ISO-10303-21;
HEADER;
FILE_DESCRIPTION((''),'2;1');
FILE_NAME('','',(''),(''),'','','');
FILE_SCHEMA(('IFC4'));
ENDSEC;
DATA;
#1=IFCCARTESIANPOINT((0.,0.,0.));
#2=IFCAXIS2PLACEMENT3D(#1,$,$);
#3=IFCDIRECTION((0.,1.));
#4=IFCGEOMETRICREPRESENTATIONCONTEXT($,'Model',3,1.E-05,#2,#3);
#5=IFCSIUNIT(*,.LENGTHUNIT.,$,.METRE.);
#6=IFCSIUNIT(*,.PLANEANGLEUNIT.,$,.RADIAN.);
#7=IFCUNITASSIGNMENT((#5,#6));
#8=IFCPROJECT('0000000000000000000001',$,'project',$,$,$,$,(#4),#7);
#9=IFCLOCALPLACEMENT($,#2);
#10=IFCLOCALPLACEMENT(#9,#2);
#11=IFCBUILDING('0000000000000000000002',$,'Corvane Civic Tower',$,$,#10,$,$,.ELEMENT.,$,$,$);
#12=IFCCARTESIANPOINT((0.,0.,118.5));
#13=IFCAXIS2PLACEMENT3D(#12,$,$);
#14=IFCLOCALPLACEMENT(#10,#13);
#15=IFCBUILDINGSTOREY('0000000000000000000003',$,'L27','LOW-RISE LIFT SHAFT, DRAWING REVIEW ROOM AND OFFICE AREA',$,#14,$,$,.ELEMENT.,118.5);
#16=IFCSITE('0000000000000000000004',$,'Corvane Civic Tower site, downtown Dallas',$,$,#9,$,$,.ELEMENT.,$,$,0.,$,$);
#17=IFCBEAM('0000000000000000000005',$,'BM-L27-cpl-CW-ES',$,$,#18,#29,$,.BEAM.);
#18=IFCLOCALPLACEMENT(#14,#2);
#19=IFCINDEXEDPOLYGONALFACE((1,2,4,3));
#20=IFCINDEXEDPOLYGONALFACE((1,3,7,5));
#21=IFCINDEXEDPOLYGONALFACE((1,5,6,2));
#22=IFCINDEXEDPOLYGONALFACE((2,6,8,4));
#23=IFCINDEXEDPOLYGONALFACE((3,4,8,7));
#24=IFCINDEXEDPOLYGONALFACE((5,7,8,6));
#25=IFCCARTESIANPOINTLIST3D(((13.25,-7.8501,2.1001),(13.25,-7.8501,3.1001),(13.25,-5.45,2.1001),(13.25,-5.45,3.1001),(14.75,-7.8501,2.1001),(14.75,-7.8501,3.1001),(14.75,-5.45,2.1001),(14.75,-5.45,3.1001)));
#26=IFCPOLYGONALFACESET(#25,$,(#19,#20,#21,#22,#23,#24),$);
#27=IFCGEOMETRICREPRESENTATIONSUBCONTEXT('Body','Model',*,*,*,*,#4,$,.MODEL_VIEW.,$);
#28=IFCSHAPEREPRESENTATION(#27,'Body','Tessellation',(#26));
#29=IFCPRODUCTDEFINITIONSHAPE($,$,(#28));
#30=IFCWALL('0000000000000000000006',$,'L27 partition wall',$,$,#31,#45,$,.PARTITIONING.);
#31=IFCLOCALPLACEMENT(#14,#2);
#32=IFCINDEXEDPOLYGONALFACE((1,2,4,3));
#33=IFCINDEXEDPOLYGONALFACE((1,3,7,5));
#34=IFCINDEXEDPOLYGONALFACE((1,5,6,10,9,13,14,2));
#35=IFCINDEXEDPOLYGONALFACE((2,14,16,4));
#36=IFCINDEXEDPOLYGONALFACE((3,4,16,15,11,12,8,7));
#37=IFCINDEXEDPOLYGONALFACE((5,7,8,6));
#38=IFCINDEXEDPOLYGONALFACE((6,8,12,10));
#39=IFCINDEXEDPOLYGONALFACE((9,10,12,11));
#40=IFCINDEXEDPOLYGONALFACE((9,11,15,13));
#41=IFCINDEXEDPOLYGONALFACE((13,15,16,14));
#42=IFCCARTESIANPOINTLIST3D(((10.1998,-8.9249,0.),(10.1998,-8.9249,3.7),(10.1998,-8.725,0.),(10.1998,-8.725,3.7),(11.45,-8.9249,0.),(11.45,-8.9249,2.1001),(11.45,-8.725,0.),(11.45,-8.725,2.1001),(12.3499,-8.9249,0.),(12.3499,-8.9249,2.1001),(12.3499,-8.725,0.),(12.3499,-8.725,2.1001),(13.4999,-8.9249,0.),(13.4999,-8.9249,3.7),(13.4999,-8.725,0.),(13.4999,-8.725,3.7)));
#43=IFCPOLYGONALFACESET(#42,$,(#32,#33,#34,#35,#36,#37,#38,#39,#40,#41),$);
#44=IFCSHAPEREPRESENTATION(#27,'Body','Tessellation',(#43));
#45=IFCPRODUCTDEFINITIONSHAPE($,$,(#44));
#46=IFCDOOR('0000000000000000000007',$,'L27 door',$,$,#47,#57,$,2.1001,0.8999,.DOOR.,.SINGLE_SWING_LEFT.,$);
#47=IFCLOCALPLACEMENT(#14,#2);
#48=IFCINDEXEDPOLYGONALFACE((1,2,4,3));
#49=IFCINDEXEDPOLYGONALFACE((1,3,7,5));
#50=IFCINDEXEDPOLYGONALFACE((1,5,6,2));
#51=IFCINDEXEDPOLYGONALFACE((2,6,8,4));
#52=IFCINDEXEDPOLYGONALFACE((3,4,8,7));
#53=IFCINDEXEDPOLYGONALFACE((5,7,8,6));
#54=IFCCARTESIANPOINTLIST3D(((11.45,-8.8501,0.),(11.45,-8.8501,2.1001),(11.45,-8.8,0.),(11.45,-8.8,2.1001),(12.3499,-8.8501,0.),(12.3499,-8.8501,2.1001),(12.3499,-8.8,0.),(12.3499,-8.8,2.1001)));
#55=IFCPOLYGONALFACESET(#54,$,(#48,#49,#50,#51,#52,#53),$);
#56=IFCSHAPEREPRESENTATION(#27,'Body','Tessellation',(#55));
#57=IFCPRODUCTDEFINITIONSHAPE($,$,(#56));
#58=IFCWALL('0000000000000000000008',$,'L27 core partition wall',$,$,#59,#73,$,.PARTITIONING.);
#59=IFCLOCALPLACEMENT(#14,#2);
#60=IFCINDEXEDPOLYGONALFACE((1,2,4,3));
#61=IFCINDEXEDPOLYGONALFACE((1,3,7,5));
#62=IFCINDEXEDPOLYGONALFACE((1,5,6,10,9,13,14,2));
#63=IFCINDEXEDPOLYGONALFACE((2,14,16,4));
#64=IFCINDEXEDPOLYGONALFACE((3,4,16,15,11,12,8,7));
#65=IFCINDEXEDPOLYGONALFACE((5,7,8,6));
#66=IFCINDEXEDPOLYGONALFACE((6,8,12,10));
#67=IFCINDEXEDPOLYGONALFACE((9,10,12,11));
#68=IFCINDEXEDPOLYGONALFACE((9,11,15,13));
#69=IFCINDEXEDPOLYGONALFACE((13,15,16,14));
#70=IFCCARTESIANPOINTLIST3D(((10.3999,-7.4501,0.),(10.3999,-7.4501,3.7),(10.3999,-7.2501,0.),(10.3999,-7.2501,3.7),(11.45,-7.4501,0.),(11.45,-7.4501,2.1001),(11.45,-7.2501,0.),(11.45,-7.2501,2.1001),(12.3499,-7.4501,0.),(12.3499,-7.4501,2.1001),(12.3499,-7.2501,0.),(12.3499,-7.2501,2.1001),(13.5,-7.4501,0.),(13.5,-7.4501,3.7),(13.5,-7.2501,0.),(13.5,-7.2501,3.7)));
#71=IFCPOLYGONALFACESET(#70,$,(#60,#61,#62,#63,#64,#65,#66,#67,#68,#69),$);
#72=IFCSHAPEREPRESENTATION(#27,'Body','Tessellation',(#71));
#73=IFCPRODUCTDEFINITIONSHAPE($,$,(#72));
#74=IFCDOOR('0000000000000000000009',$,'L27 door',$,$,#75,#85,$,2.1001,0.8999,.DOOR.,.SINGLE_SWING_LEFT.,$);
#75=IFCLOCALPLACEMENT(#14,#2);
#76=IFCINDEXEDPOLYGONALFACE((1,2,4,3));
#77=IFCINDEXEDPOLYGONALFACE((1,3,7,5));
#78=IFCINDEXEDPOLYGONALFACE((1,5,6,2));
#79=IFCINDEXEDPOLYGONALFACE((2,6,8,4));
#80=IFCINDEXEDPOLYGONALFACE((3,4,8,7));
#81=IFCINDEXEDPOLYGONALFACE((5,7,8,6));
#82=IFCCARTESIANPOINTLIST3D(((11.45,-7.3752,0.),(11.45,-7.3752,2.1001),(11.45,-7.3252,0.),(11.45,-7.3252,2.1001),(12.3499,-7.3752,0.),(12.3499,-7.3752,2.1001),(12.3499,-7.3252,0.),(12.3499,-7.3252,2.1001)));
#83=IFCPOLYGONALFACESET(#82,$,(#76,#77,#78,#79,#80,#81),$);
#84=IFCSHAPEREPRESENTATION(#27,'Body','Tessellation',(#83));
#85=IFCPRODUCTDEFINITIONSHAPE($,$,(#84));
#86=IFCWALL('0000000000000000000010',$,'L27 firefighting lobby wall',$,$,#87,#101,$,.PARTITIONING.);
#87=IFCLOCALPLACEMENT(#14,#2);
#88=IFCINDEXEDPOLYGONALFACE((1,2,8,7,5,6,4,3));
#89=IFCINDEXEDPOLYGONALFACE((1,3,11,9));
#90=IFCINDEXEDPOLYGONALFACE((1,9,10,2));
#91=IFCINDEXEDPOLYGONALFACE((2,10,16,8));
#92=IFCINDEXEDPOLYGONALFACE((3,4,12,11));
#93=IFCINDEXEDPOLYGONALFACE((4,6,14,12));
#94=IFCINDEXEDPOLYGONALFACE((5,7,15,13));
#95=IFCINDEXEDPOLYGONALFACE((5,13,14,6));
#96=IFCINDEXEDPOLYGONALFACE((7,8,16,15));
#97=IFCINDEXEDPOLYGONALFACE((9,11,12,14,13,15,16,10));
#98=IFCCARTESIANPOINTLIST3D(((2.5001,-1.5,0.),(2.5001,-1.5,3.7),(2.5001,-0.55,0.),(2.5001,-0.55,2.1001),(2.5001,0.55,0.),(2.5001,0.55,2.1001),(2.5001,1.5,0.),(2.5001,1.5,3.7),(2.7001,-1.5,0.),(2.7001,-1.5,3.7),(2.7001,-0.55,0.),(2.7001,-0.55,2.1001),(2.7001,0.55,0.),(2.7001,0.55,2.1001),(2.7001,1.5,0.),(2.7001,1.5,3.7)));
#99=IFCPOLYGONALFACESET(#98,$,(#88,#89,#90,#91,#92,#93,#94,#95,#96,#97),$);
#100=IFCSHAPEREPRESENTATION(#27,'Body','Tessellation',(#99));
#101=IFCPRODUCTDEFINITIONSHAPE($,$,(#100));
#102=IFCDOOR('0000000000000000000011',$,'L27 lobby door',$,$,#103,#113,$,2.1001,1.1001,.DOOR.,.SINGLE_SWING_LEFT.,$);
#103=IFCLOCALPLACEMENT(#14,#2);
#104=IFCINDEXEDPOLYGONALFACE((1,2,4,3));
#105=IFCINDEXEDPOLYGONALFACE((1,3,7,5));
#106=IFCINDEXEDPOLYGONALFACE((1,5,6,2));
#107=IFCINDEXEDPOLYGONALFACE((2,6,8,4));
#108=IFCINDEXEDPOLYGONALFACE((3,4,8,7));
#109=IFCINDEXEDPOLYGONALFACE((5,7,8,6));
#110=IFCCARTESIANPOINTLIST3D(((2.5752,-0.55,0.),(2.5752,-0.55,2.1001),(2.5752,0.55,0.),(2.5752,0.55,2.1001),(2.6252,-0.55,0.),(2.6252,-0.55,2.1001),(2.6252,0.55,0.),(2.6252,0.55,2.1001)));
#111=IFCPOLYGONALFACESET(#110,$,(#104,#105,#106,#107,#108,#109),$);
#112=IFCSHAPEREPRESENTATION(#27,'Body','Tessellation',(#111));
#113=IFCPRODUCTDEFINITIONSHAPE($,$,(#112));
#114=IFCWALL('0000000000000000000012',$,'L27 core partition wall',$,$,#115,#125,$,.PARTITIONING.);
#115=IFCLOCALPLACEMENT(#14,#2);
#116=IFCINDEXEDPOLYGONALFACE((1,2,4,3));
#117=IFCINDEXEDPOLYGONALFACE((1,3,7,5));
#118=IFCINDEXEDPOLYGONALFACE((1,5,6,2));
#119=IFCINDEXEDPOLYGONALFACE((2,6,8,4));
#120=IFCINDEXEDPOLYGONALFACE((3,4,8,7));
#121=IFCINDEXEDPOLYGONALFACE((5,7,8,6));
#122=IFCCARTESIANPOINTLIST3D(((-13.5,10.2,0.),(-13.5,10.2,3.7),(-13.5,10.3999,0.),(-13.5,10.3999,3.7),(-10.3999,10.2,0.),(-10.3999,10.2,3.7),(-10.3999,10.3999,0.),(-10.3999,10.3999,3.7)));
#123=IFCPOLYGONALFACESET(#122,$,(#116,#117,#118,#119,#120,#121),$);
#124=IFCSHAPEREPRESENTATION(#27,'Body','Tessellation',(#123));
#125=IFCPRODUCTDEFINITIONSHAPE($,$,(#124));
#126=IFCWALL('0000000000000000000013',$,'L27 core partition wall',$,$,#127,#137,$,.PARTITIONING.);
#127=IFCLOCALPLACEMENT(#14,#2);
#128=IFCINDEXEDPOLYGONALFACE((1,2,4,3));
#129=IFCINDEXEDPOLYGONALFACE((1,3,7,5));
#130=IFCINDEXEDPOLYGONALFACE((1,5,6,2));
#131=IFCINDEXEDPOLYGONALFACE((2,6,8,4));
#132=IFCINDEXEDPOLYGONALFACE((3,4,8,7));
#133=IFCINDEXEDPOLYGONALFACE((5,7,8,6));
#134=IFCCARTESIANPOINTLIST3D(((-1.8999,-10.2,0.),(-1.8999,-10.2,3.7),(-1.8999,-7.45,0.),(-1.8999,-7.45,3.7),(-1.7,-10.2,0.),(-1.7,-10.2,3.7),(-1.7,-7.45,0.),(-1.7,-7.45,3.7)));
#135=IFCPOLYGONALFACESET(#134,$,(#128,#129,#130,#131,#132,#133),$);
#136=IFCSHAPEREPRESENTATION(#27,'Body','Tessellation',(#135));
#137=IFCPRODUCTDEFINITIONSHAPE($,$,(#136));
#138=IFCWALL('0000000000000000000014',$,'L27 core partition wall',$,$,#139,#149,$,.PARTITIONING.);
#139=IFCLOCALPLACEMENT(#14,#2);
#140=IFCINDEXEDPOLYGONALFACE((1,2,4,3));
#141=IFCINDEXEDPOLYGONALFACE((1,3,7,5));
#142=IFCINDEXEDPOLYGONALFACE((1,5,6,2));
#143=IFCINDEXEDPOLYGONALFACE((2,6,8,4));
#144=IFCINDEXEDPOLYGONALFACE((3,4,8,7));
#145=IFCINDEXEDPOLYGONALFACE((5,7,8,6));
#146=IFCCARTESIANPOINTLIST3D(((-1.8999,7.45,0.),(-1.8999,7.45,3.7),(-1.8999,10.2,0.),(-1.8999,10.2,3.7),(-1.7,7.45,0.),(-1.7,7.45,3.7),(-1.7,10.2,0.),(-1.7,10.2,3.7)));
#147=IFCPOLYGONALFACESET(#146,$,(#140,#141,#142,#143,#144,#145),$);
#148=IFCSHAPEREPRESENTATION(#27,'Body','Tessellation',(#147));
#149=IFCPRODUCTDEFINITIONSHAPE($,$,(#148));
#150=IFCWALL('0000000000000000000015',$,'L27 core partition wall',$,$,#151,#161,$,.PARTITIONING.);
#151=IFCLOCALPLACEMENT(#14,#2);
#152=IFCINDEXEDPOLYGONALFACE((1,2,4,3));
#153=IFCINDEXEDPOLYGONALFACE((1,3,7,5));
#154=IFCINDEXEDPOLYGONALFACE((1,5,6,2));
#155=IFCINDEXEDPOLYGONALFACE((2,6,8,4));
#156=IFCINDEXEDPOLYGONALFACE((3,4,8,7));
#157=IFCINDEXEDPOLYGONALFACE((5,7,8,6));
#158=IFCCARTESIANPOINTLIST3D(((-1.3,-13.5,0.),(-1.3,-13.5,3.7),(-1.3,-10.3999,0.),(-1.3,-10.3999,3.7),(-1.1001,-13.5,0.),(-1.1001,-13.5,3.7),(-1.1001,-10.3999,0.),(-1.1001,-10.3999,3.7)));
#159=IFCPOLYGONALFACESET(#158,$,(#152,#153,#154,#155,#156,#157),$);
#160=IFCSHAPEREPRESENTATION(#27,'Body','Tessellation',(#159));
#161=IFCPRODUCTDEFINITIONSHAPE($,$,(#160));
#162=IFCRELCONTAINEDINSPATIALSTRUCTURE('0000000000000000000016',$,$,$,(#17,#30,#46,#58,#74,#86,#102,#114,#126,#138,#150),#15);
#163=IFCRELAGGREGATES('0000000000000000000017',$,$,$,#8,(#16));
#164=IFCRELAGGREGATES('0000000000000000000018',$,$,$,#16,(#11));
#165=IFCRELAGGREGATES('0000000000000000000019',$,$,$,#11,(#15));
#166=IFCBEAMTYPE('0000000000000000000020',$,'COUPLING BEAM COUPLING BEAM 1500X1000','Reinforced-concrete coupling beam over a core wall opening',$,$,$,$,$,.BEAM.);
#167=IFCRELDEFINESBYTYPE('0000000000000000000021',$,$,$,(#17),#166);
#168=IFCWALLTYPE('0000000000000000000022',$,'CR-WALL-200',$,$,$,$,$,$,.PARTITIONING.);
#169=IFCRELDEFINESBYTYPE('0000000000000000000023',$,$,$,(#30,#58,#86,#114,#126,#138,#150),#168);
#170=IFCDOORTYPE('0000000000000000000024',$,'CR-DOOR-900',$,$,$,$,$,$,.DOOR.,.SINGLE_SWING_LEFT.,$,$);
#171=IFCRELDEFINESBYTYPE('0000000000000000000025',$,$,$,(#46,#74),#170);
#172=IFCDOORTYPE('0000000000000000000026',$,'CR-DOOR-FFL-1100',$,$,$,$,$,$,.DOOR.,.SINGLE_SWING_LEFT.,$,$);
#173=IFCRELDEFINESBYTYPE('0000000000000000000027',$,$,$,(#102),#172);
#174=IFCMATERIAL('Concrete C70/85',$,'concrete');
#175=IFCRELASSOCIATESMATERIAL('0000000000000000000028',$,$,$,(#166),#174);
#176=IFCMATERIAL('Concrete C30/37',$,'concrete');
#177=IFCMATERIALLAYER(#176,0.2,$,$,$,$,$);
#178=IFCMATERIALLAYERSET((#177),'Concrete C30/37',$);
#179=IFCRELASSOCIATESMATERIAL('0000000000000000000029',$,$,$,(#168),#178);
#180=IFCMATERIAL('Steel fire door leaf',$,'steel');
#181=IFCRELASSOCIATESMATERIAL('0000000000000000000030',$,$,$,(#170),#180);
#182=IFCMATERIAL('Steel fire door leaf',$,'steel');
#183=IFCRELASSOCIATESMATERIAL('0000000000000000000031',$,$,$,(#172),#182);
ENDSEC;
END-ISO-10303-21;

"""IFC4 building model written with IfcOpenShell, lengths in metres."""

from ifc_helpers import new_model, si_unit, direction, frame, frame_2d, origin, origin_2d, place, context, subcontext, project, spatial, polyline, rectangle, outline, extrude, material, layer, layer_set, material_profile, profile_set, type_object, element, fill, save


model = new_model("IFC4")

# Units and contexts
model_context = context("Model", 3, precision=1e-05, world=origin(), true_north=direction((0.0, 1.0)))
body_context = subcontext(model_context, "Body", "Model", "MODEL_VIEW")
ifc_project = project(units=[si_unit("LENGTHUNIT", "METRE"), si_unit("PLANEANGLEUNIT", "RADIAN")], contexts=[model_context])

# Site, building, storey
site_placement = place(None, origin())
site = spatial("IfcSite", under=ifc_project, at=site_placement, Name="Corvane Civic Tower site, downtown Dallas", CompositionType="ELEMENT", RefElevation=0.0)
building_placement = place(site_placement, origin())
building = spatial("IfcBuilding", under=site, at=building_placement, Name="Corvane Civic Tower", CompositionType="ELEMENT")
storey_placement = place(building_placement, frame((0.0, 0.0, 118.5)))
storey = spatial("IfcBuildingStorey", under=building, at=storey_placement, Name="L27", Description="LOW-RISE LIFT SHAFT, DRAWING REVIEW ROOM AND OFFICE AREA", CompositionType="ELEMENT", Elevation=118.5)

# Beam
ifc_material_1 = material(Name="Concrete C70/85", Category="concrete")
ifc_material_profile = material_profile(ifc_material_1, rectangle(XDim=1.5, YDim=1.0, at=origin_2d()), Name="COUPLING BEAM 1500X1000")
ifc_profile_set = profile_set([ifc_material_profile], Name="Concrete C70/85")
beam_type = type_object("IfcBeamType", Name="COUPLING BEAM COUPLING BEAM 1500X1000", Description="Reinforced-concrete coupling beam over a core wall opening", PredefinedType="BEAM", material=ifc_profile_set)
beam_placement = place(storey_placement, frame((14.0, -7.8501, 2.6001), z_axis=(0.0, 1.0, 0.0), x_axis=(-1.0, 0.0, 0.0)))
element("IfcBeam", 1, at=beam_placement, inside=storey, type_object=beam_type, Name="BM-L27-cpl-CW-ES", PredefinedType="BEAM", context=body_context, shape_type="SweptSolid", body=[
    extrude(rectangle(XDim=1.5, YDim=1.0, at=origin_2d()), origin(), (0.0, 0.0, 1.0), 2.4001),
])

# Walls, openings, doors
ifc_material_2 = material(Name="Concrete C30/37", Category="concrete")
ifc_layer_1 = layer(ifc_material_2, 0.2)
ifc_layer_set_1 = layer_set([ifc_layer_1], Name="Concrete C30/37")
wall_type_1 = type_object("IfcWallType", Name="CR-WALL-200", PredefinedType="PARTITIONING", material=ifc_layer_set_1)
wall_1_placement = place(storey_placement, frame((10.2, -8.825, 0.0), z_axis=(0.0, 0.0, 1.0), x_axis=(1.0, 0.0, 0.0)))
wall_1 = element("IfcWall", 2, at=wall_1_placement, inside=storey, type_object=wall_type_1, Name="L27 partition wall", PredefinedType="PARTITIONING", context=body_context, shape_type="SweptSolid", body=[
    extrude(rectangle(XDim=3.3, YDim=0.2, at=frame_2d((1.6499, 0.0))), origin(), (0.0, 0.0, 1.0), 3.7),
])
opening_1_placement = place(wall_1_placement, frame((1.25, 0.0, 0.0)))
opening_1 = element("IfcOpeningElement", 3, at=opening_1_placement, cuts=wall_1, PredefinedType="OPENING", context=body_context, shape_type="SweptSolid", body=[
    extrude(rectangle(XDim=0.8999, YDim=2.1001, at=frame_2d((0.45, 1.05))), frame((0.0, 0.1099, 0.0), z_axis=(0.0, -1.0, 0.0), x_axis=(1.0, 0.0, 0.0)), (0.0, 0.0, 1.0), 0.22),
])
ifc_material_3 = material(Name="Steel fire door leaf", Category="steel")
door_type_1 = type_object("IfcDoorType", Name="CR-DOOR-900", OperationType="SINGLE_SWING_LEFT", PredefinedType="DOOR", material=ifc_material_3)
door_1_placement = place(opening_1_placement, origin())
door_1 = element("IfcDoor", 4, at=door_1_placement, inside=storey, type_object=door_type_1, Name="L27 door", OperationType="SINGLE_SWING_LEFT", OverallHeight=2.1001, OverallWidth=0.8999, PredefinedType="DOOR", context=body_context, shape_type="SweptSolid", body=[
    extrude(rectangle(XDim=0.8999, YDim=2.1001, at=frame_2d((0.45, 1.05))), frame((0.0, 0.0249, 0.0), z_axis=(0.0, -1.0, 0.0), x_axis=(1.0, 0.0, 0.0)), (0.0, 0.0, 1.0), 0.05),
])
fill(opening_1, door_1)
wall_2_placement = place(storey_placement, frame((10.3999, -7.3501, 0.0), z_axis=(0.0, 0.0, 1.0), x_axis=(1.0, 0.0, 0.0)))
wall_2 = element("IfcWall", 5, at=wall_2_placement, inside=storey, type_object=wall_type_1, Name="L27 core partition wall", PredefinedType="PARTITIONING", context=body_context, shape_type="SweptSolid", body=[
    extrude(rectangle(XDim=3.1001, YDim=0.2, at=frame_2d((1.55, 0.0))), origin(), (0.0, 0.0, 1.0), 3.7),
])
opening_2_placement = place(wall_2_placement, frame((1.05, 0.0, 0.0)))
opening_2 = element("IfcOpeningElement", 6, at=opening_2_placement, cuts=wall_2, PredefinedType="OPENING", context=body_context, shape_type="SweptSolid", body=[
    extrude(rectangle(XDim=0.8999, YDim=2.1001, at=frame_2d((0.45, 1.05))), frame((0.0, 0.1099, 0.0), z_axis=(0.0, -1.0, 0.0), x_axis=(1.0, 0.0, 0.0)), (0.0, 0.0, 1.0), 0.22),
])
door_2_placement = place(opening_2_placement, origin())
door_2 = element("IfcDoor", 7, at=door_2_placement, inside=storey, type_object=door_type_1, Name="L27 door", OperationType="SINGLE_SWING_LEFT", OverallHeight=2.1001, OverallWidth=0.8999, PredefinedType="DOOR", context=body_context, shape_type="SweptSolid", body=[
    extrude(rectangle(XDim=0.8999, YDim=2.1001, at=frame_2d((0.45, 1.05))), frame((0.0, 0.0249, 0.0), z_axis=(0.0, -1.0, 0.0), x_axis=(1.0, 0.0, 0.0)), (0.0, 0.0, 1.0), 0.05),
])
fill(opening_2, door_2)
wall_3_placement = place(storey_placement, frame((2.6001, -1.5, 0.0), z_axis=(0.0, 0.0, 1.0), x_axis=(0.0, 1.0, 0.0)))
wall_3 = element("IfcWall", 8, at=wall_3_placement, inside=storey, type_object=wall_type_1, Name="L27 firefighting lobby wall", PredefinedType="PARTITIONING", context=body_context, shape_type="SweptSolid", body=[
    extrude(rectangle(XDim=3.0, YDim=0.2, at=frame_2d((1.5, 0.0))), origin(), (0.0, 0.0, 1.0), 3.7),
])
opening_3_placement = place(wall_3_placement, frame((0.95, 0.0, 0.0)))
opening_3 = element("IfcOpeningElement", 9, at=opening_3_placement, cuts=wall_3, PredefinedType="OPENING", context=body_context, shape_type="SweptSolid", body=[
    extrude(rectangle(XDim=1.1001, YDim=2.1001, at=frame_2d((0.55, 1.05))), frame((0.0, 0.1099, 0.0), z_axis=(0.0, -1.0, 0.0), x_axis=(1.0, 0.0, 0.0)), (0.0, 0.0, 1.0), 0.22),
])
ifc_material_4 = material(Name="Steel fire door leaf", Category="steel")
door_type_2 = type_object("IfcDoorType", Name="CR-DOOR-FFL-1100", OperationType="SINGLE_SWING_LEFT", PredefinedType="DOOR", material=ifc_material_4)
door_3_placement = place(opening_3_placement, origin())
door_3 = element("IfcDoor", 10, at=door_3_placement, inside=storey, type_object=door_type_2, Name="L27 lobby door", OperationType="SINGLE_SWING_LEFT", OverallHeight=2.1001, OverallWidth=1.1001, PredefinedType="DOOR", context=body_context, shape_type="SweptSolid", body=[
    extrude(rectangle(XDim=1.1001, YDim=2.1001, at=frame_2d((0.55, 1.05))), frame((0.0, 0.0249, 0.0), z_axis=(0.0, -1.0, 0.0), x_axis=(1.0, 0.0, 0.0)), (0.0, 0.0, 1.0), 0.05),
])
fill(opening_3, door_3)

# Walls
wall_4_placement = place(storey_placement, origin())
element("IfcWall", 11, at=wall_4_placement, inside=storey, type_object=wall_type_1, Name="L27 core partition wall", PredefinedType="PARTITIONING", context=body_context, shape_type="SweptSolid", body=[
    extrude(outline(polyline([(-13.5, 10.2), (-13.5, 10.3999), (-10.3999, 10.3999), (-10.3999, 10.2), (-13.5, 10.2)])), origin(), (0.0, 0.0, 1.0), 3.7),
])
wall_5_placement = place(storey_placement, origin())
element("IfcWall", 12, at=wall_5_placement, inside=storey, type_object=wall_type_1, Name="L27 core partition wall", PredefinedType="PARTITIONING", context=body_context, shape_type="SweptSolid", body=[
    extrude(outline(polyline([(-1.7, -7.45), (-1.7, -10.2), (-1.8999, -10.2), (-1.8999, -7.45), (-1.7, -7.45)])), origin(), (0.0, 0.0, 1.0), 3.7),
])
wall_6_placement = place(storey_placement, origin())
element("IfcWall", 13, at=wall_6_placement, inside=storey, type_object=wall_type_1, Name="L27 core partition wall", PredefinedType="PARTITIONING", context=body_context, shape_type="SweptSolid", body=[
    extrude(outline(polyline([(-1.7, 7.45), (-1.8999, 7.45), (-1.8999, 10.2), (-1.7, 10.2), (-1.7, 7.45)])), origin(), (0.0, 0.0, 1.0), 3.7),
])
wall_7_placement = place(storey_placement, origin())
element("IfcWall", 14, at=wall_7_placement, inside=storey, type_object=wall_type_1, Name="L27 core partition wall", PredefinedType="PARTITIONING", context=body_context, shape_type="SweptSolid", body=[
    extrude(outline(polyline([(-1.1001, -10.3999), (-1.1001, -13.5), (-1.3, -13.5), (-1.3, -10.3999), (-1.1001, -10.3999)])), origin(), (0.0, 0.0, 1.0), 3.7),
])

save(model, "model.ifc")
